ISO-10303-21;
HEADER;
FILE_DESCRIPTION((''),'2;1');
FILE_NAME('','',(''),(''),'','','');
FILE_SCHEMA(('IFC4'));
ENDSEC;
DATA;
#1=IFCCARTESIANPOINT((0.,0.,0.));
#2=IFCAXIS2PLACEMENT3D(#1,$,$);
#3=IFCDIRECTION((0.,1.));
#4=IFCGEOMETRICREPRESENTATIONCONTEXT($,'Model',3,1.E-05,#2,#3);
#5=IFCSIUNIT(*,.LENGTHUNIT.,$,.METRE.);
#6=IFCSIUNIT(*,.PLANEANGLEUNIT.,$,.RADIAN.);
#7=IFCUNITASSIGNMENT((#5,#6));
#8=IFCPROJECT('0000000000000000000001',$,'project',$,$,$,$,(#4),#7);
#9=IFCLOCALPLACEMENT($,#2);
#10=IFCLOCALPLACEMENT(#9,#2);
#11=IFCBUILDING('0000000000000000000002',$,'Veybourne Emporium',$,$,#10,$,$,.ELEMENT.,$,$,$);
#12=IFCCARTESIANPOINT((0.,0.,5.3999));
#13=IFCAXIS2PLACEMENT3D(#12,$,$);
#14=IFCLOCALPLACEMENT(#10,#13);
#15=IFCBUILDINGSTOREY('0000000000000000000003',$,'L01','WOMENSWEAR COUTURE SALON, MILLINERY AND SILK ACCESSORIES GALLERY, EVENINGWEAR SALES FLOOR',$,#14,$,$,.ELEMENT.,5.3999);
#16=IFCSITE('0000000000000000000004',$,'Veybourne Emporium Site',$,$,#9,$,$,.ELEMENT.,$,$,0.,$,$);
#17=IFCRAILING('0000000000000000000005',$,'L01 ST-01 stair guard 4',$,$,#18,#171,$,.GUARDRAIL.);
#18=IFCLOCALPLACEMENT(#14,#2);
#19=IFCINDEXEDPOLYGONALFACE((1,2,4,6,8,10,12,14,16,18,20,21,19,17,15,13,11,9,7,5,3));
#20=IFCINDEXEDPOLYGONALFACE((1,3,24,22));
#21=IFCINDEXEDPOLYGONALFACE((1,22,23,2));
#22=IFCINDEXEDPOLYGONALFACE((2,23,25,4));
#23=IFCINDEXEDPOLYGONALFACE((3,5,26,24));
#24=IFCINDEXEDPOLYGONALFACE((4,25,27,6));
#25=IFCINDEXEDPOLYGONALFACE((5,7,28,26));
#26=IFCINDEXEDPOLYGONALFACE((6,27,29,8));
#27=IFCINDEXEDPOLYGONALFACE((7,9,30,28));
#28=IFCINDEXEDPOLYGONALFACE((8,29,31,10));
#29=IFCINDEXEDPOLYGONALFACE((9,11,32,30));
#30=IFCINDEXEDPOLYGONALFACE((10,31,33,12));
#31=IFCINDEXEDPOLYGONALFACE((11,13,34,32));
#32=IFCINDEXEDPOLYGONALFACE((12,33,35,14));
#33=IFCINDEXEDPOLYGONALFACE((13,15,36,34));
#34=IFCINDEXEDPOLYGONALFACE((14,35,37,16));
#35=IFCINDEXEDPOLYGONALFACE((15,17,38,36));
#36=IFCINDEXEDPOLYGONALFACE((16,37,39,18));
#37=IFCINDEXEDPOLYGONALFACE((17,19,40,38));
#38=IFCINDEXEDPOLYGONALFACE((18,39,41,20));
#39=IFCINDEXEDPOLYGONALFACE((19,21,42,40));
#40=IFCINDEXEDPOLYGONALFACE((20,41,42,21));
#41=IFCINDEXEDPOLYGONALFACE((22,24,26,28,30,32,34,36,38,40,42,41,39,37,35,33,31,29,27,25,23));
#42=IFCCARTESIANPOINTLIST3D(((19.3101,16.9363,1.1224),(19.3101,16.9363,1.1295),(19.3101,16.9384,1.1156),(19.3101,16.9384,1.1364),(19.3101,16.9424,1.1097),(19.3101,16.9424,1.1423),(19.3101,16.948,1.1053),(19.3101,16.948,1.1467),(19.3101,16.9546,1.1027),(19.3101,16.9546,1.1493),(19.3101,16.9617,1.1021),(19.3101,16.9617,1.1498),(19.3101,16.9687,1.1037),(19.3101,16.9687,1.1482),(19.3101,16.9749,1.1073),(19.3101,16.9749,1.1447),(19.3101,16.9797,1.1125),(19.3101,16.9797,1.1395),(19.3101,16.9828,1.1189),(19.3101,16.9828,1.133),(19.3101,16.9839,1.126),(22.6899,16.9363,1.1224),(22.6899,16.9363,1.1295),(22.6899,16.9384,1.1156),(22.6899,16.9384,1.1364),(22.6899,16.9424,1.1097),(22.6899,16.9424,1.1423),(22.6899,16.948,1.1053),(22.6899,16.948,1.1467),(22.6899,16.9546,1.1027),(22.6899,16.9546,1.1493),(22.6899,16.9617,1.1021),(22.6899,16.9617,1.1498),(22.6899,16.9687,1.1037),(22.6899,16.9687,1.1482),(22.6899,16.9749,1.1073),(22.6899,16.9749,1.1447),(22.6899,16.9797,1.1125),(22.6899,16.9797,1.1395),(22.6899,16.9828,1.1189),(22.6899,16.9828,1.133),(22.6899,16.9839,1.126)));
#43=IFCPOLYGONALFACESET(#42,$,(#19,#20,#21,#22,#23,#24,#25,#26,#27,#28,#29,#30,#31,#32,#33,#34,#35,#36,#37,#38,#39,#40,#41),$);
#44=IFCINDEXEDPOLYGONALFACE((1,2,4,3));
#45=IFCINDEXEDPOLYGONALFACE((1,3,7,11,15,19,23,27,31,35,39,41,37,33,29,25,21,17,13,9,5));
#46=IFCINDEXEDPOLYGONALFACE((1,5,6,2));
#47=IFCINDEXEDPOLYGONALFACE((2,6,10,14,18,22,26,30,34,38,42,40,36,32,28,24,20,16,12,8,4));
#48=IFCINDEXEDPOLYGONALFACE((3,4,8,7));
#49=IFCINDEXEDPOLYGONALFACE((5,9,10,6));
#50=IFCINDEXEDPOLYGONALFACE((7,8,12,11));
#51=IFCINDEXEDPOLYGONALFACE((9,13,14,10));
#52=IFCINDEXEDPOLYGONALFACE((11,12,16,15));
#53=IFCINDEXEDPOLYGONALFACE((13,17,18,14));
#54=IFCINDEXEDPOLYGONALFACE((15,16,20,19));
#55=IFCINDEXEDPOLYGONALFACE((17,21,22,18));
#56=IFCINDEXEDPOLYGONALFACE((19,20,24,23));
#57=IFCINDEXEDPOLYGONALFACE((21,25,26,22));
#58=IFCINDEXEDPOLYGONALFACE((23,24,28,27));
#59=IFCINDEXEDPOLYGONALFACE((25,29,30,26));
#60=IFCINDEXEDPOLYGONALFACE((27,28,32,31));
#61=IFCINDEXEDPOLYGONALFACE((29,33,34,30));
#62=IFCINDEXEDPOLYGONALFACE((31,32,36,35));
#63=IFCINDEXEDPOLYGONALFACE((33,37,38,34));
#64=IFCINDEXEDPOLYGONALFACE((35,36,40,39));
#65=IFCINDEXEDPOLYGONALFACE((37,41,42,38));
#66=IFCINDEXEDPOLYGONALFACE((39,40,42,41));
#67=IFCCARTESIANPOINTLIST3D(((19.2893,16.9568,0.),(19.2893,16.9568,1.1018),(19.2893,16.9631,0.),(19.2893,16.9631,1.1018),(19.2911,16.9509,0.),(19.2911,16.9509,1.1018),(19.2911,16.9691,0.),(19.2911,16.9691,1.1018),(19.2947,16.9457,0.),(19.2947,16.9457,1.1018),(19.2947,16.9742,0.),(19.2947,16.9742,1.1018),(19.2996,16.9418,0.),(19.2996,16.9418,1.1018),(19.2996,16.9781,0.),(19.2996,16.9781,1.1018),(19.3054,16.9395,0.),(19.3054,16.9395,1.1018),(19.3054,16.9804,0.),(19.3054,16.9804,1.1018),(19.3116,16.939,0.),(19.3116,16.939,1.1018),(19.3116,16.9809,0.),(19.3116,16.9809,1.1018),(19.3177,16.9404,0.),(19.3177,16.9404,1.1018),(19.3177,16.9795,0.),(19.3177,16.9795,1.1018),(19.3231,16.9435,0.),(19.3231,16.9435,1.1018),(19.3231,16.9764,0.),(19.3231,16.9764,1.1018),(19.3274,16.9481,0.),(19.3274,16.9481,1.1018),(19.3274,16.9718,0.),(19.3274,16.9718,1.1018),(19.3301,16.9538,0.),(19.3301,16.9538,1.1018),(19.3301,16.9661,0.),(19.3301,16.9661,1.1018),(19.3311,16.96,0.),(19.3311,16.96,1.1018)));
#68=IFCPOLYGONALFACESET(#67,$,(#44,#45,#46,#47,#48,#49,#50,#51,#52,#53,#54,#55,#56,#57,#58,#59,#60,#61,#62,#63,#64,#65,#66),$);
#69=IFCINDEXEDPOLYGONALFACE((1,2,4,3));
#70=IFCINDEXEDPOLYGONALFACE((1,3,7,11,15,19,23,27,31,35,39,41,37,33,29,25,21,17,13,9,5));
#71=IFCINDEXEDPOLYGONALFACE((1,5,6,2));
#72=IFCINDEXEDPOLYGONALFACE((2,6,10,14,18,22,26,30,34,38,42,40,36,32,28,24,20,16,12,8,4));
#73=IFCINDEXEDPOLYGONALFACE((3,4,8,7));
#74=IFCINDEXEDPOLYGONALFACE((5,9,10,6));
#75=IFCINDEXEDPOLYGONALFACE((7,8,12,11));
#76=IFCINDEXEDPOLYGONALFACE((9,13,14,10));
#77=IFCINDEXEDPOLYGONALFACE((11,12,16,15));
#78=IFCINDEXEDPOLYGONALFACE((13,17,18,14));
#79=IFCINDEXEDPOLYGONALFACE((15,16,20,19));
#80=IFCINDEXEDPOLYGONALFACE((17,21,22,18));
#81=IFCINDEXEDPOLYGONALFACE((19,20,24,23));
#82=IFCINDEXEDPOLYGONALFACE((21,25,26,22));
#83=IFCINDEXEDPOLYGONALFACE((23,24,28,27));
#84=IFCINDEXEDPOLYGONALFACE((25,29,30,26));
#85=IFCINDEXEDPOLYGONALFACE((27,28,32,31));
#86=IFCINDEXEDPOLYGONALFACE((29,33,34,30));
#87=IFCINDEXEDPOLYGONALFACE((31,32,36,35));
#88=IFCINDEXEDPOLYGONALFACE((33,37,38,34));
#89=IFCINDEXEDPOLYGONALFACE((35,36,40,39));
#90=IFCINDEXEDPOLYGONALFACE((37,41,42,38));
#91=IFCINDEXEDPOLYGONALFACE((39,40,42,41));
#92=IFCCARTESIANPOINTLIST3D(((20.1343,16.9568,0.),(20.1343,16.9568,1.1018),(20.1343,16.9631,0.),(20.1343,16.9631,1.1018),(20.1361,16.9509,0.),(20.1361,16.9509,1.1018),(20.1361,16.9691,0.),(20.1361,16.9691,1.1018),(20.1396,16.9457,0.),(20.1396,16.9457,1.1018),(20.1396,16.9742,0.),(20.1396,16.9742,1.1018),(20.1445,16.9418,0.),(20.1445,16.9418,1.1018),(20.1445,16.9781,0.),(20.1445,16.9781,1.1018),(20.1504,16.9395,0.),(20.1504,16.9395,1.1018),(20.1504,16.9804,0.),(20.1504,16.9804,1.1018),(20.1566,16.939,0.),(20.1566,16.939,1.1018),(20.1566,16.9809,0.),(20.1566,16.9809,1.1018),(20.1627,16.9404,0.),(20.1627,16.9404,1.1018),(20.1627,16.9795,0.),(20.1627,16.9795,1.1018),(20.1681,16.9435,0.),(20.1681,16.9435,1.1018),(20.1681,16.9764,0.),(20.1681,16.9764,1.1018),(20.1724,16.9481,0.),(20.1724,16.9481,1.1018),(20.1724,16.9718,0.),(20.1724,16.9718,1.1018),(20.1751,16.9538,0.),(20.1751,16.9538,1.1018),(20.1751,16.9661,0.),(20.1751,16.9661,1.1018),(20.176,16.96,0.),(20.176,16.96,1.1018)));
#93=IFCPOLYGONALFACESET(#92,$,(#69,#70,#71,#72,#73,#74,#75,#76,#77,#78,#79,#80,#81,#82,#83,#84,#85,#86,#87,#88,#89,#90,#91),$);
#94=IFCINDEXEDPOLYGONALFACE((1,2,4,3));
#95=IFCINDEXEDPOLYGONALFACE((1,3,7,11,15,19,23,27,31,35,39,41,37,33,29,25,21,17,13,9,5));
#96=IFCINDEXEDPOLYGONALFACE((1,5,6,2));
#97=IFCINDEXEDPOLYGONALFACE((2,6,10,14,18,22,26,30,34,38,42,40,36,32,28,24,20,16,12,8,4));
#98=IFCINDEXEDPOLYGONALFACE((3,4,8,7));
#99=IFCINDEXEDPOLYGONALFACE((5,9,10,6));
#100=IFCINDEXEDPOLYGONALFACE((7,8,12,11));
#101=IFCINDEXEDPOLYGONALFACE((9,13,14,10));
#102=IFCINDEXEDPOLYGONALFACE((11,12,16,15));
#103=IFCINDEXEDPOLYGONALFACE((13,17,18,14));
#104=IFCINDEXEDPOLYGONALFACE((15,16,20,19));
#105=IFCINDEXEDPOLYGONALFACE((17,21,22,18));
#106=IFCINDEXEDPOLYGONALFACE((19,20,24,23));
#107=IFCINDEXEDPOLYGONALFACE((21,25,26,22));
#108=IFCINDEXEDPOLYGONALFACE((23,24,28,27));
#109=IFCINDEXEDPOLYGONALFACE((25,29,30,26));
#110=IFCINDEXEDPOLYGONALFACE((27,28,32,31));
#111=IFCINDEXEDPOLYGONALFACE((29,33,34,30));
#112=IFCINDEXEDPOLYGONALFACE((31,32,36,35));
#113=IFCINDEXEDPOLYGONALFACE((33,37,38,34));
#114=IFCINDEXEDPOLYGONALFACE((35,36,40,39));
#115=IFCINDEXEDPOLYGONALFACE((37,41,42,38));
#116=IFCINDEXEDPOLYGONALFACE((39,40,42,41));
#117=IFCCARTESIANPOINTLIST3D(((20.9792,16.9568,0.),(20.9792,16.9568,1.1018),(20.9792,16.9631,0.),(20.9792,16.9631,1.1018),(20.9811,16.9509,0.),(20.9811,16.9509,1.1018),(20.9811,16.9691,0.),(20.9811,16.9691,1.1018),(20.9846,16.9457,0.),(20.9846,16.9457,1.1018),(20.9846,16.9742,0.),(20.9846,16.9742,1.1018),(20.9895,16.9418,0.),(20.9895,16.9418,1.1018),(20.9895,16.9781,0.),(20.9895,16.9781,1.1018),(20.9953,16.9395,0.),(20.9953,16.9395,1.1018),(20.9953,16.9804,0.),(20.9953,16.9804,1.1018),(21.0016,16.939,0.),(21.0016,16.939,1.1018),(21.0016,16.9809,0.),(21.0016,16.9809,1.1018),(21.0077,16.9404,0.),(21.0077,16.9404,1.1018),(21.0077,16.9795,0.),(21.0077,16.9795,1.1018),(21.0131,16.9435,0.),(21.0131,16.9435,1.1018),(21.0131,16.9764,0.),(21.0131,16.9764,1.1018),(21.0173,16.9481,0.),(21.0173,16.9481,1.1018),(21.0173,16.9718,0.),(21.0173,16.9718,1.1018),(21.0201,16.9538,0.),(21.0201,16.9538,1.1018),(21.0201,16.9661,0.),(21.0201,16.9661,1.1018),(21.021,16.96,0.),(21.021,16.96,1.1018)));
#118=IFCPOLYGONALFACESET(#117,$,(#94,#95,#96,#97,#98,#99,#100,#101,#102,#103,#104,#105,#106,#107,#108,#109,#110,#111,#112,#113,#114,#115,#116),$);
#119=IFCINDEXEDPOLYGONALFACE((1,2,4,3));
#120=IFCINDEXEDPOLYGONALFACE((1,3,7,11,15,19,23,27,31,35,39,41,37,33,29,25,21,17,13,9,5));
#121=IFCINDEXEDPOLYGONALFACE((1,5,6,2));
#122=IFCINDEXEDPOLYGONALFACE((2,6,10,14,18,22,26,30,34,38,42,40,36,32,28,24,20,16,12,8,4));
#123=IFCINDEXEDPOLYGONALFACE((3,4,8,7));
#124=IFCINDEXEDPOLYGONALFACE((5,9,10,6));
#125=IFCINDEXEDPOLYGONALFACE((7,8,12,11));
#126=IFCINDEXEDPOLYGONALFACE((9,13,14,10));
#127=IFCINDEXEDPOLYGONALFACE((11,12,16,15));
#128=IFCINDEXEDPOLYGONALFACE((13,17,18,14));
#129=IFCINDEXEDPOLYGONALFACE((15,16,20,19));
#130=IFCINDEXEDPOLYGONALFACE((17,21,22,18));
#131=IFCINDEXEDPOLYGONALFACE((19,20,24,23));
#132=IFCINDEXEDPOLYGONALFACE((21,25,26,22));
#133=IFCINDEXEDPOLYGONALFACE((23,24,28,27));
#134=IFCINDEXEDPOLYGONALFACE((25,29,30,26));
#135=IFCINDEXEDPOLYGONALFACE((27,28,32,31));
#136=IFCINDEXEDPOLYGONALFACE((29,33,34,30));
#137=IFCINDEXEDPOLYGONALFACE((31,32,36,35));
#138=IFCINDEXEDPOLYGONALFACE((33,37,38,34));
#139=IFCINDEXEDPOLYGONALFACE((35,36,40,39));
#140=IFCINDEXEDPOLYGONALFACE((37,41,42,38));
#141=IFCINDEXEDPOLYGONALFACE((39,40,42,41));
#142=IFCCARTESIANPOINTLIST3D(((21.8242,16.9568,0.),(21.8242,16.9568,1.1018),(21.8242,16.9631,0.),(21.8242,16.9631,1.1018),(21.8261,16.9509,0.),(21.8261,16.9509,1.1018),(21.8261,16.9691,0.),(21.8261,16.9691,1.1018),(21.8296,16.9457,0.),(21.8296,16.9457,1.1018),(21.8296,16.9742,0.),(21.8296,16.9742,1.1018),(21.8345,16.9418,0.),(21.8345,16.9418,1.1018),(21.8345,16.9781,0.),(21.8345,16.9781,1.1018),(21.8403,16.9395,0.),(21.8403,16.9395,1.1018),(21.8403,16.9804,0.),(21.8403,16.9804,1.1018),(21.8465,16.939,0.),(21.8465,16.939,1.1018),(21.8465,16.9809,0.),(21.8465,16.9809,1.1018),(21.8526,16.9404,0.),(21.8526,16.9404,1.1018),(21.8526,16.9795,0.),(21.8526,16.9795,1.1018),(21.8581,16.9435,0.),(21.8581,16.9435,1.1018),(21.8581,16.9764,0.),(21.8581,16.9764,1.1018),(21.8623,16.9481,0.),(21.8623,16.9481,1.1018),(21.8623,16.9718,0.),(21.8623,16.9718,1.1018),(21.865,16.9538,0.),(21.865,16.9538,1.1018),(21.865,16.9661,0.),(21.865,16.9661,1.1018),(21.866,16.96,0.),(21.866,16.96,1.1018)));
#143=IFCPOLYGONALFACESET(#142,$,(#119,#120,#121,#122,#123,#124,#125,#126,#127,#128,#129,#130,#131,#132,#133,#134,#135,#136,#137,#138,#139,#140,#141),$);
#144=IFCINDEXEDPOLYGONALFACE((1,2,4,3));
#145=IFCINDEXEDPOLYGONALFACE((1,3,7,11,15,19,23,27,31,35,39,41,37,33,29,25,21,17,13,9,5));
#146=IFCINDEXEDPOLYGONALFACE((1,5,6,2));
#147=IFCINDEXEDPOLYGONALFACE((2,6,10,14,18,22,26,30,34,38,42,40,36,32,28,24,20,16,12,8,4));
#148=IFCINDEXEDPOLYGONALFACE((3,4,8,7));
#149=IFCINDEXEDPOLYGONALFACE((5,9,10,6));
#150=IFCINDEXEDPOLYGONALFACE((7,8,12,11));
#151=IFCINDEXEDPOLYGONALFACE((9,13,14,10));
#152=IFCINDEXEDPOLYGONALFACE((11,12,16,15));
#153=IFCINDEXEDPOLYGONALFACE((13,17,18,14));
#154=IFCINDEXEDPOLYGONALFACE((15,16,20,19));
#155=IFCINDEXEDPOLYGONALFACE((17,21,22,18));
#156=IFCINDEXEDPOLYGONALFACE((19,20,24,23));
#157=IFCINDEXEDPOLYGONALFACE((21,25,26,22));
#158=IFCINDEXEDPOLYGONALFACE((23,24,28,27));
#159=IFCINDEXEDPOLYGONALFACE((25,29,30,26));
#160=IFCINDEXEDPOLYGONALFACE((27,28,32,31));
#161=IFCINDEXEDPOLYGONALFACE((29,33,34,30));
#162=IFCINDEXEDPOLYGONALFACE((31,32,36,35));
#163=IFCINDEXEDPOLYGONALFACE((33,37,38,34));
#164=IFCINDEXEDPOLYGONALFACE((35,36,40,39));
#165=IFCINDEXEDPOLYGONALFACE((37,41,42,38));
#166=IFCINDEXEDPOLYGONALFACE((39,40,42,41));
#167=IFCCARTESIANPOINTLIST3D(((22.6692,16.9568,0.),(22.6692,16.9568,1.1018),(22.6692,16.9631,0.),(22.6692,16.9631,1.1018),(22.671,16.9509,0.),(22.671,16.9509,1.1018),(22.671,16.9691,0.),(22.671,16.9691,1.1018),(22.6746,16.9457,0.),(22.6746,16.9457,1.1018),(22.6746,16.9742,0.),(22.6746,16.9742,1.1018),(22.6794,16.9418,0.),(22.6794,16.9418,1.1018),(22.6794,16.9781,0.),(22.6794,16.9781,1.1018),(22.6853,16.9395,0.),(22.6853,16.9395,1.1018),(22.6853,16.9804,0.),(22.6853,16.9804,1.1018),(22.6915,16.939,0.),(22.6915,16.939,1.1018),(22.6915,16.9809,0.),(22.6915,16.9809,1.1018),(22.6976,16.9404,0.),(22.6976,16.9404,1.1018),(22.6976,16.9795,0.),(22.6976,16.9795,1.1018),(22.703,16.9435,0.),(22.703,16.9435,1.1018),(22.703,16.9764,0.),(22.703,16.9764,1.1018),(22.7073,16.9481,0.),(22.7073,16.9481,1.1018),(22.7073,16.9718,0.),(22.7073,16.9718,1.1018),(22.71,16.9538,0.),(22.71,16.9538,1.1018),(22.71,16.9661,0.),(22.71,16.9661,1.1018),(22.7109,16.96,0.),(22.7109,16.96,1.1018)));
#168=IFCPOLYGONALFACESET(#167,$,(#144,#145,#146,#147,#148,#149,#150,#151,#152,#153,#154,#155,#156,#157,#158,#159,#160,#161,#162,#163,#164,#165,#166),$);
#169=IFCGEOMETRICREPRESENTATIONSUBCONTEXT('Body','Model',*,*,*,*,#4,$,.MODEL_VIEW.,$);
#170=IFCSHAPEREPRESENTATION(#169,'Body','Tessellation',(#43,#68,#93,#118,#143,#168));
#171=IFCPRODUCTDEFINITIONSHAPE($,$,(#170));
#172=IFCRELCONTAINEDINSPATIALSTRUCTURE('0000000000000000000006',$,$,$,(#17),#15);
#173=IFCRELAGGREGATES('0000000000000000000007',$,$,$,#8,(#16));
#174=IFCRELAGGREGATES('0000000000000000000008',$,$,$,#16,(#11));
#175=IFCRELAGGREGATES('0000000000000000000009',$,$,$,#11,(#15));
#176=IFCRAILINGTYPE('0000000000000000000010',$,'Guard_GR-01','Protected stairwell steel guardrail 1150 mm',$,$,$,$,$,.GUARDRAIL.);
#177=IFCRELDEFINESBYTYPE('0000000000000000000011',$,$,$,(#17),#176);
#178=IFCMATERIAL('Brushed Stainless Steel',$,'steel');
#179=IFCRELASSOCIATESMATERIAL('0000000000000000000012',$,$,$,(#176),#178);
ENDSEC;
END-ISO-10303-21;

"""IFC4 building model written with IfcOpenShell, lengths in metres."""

from ifc_helpers import new_model, si_unit, direction, frame, origin, origin_2d, place, context, subcontext, project, spatial, circle, extrude, material, type_object, element, save


model = new_model("IFC4")

# Units and contexts
model_context = context("Model", 3, precision=1e-05, world=origin(), true_north=direction((0.0, 1.0)))
body_context = subcontext(model_context, "Body", "Model", "MODEL_VIEW")
ifc_project = project(units=[si_unit("LENGTHUNIT", "METRE"), si_unit("PLANEANGLEUNIT", "RADIAN")], contexts=[model_context])

# Site, building, storey
site_placement = place(None, origin())
site = spatial("IfcSite", under=ifc_project, at=site_placement, Name="Veybourne Emporium Site", CompositionType="ELEMENT", RefElevation=0.0)
building_placement = place(site_placement, origin())
building = spatial("IfcBuilding", under=site, at=building_placement, Name="Veybourne Emporium", CompositionType="ELEMENT")
storey_placement = place(building_placement, frame((0.0, 0.0, 5.3999)))
storey = spatial("IfcBuildingStorey", under=building, at=storey_placement, Name="L01", Description="WOMENSWEAR COUTURE SALON, MILLINERY AND SILK ACCESSORIES GALLERY, EVENINGWEAR SALES FLOOR", CompositionType="ELEMENT", Elevation=5.3999)

# Railing
ifc_material_1 = material(Name="Brushed Stainless Steel", Category="steel")
railing_type_1 = type_object("IfcRailingType", Name="Guard_GR-01", Description="Protected stairwell steel guardrail 1150 mm", PredefinedType="GUARDRAIL", material=ifc_material_1)
railing_1_placement = place(storey_placement, frame((19.3101, 16.96, 0.0)))
element("IfcRailing", 1, at=railing_1_placement, inside=storey, type_object=railing_type_1, Name="L01 ST-01 stair guard 4", PredefinedType="GUARDRAIL", context=body_context, shape_type="SweptSolid", body=[
    extrude(circle(Radius=0.0239, at=origin_2d()), frame((0.0, 0.0, 1.126), z_axis=(1.0, 0.0, 0.0), x_axis=(0.0, 1.0, 0.0)), (0.0, 0.0, 1.0), 3.3799),
    extrude(circle(Radius=0.021, at=origin_2d()), origin(), (0.0, 0.0, 1.0), 1.1018),
    extrude(circle(Radius=0.021, at=origin_2d()), frame((0.845, 0.0, 0.0)), (0.0, 0.0, 1.0), 1.1018),
    extrude(circle(Radius=0.021, at=origin_2d()), frame((1.6899, 0.0, 0.0)), (0.0, 0.0, 1.0), 1.1018),
    extrude(circle(Radius=0.021, at=origin_2d()), frame((2.5349, 0.0, 0.0)), (0.0, 0.0, 1.0), 1.1018),
    extrude(circle(Radius=0.021, at=origin_2d()), frame((3.3799, 0.0, 0.0)), (0.0, 0.0, 1.0), 1.1018),
])

save(model, "model.ifc")
